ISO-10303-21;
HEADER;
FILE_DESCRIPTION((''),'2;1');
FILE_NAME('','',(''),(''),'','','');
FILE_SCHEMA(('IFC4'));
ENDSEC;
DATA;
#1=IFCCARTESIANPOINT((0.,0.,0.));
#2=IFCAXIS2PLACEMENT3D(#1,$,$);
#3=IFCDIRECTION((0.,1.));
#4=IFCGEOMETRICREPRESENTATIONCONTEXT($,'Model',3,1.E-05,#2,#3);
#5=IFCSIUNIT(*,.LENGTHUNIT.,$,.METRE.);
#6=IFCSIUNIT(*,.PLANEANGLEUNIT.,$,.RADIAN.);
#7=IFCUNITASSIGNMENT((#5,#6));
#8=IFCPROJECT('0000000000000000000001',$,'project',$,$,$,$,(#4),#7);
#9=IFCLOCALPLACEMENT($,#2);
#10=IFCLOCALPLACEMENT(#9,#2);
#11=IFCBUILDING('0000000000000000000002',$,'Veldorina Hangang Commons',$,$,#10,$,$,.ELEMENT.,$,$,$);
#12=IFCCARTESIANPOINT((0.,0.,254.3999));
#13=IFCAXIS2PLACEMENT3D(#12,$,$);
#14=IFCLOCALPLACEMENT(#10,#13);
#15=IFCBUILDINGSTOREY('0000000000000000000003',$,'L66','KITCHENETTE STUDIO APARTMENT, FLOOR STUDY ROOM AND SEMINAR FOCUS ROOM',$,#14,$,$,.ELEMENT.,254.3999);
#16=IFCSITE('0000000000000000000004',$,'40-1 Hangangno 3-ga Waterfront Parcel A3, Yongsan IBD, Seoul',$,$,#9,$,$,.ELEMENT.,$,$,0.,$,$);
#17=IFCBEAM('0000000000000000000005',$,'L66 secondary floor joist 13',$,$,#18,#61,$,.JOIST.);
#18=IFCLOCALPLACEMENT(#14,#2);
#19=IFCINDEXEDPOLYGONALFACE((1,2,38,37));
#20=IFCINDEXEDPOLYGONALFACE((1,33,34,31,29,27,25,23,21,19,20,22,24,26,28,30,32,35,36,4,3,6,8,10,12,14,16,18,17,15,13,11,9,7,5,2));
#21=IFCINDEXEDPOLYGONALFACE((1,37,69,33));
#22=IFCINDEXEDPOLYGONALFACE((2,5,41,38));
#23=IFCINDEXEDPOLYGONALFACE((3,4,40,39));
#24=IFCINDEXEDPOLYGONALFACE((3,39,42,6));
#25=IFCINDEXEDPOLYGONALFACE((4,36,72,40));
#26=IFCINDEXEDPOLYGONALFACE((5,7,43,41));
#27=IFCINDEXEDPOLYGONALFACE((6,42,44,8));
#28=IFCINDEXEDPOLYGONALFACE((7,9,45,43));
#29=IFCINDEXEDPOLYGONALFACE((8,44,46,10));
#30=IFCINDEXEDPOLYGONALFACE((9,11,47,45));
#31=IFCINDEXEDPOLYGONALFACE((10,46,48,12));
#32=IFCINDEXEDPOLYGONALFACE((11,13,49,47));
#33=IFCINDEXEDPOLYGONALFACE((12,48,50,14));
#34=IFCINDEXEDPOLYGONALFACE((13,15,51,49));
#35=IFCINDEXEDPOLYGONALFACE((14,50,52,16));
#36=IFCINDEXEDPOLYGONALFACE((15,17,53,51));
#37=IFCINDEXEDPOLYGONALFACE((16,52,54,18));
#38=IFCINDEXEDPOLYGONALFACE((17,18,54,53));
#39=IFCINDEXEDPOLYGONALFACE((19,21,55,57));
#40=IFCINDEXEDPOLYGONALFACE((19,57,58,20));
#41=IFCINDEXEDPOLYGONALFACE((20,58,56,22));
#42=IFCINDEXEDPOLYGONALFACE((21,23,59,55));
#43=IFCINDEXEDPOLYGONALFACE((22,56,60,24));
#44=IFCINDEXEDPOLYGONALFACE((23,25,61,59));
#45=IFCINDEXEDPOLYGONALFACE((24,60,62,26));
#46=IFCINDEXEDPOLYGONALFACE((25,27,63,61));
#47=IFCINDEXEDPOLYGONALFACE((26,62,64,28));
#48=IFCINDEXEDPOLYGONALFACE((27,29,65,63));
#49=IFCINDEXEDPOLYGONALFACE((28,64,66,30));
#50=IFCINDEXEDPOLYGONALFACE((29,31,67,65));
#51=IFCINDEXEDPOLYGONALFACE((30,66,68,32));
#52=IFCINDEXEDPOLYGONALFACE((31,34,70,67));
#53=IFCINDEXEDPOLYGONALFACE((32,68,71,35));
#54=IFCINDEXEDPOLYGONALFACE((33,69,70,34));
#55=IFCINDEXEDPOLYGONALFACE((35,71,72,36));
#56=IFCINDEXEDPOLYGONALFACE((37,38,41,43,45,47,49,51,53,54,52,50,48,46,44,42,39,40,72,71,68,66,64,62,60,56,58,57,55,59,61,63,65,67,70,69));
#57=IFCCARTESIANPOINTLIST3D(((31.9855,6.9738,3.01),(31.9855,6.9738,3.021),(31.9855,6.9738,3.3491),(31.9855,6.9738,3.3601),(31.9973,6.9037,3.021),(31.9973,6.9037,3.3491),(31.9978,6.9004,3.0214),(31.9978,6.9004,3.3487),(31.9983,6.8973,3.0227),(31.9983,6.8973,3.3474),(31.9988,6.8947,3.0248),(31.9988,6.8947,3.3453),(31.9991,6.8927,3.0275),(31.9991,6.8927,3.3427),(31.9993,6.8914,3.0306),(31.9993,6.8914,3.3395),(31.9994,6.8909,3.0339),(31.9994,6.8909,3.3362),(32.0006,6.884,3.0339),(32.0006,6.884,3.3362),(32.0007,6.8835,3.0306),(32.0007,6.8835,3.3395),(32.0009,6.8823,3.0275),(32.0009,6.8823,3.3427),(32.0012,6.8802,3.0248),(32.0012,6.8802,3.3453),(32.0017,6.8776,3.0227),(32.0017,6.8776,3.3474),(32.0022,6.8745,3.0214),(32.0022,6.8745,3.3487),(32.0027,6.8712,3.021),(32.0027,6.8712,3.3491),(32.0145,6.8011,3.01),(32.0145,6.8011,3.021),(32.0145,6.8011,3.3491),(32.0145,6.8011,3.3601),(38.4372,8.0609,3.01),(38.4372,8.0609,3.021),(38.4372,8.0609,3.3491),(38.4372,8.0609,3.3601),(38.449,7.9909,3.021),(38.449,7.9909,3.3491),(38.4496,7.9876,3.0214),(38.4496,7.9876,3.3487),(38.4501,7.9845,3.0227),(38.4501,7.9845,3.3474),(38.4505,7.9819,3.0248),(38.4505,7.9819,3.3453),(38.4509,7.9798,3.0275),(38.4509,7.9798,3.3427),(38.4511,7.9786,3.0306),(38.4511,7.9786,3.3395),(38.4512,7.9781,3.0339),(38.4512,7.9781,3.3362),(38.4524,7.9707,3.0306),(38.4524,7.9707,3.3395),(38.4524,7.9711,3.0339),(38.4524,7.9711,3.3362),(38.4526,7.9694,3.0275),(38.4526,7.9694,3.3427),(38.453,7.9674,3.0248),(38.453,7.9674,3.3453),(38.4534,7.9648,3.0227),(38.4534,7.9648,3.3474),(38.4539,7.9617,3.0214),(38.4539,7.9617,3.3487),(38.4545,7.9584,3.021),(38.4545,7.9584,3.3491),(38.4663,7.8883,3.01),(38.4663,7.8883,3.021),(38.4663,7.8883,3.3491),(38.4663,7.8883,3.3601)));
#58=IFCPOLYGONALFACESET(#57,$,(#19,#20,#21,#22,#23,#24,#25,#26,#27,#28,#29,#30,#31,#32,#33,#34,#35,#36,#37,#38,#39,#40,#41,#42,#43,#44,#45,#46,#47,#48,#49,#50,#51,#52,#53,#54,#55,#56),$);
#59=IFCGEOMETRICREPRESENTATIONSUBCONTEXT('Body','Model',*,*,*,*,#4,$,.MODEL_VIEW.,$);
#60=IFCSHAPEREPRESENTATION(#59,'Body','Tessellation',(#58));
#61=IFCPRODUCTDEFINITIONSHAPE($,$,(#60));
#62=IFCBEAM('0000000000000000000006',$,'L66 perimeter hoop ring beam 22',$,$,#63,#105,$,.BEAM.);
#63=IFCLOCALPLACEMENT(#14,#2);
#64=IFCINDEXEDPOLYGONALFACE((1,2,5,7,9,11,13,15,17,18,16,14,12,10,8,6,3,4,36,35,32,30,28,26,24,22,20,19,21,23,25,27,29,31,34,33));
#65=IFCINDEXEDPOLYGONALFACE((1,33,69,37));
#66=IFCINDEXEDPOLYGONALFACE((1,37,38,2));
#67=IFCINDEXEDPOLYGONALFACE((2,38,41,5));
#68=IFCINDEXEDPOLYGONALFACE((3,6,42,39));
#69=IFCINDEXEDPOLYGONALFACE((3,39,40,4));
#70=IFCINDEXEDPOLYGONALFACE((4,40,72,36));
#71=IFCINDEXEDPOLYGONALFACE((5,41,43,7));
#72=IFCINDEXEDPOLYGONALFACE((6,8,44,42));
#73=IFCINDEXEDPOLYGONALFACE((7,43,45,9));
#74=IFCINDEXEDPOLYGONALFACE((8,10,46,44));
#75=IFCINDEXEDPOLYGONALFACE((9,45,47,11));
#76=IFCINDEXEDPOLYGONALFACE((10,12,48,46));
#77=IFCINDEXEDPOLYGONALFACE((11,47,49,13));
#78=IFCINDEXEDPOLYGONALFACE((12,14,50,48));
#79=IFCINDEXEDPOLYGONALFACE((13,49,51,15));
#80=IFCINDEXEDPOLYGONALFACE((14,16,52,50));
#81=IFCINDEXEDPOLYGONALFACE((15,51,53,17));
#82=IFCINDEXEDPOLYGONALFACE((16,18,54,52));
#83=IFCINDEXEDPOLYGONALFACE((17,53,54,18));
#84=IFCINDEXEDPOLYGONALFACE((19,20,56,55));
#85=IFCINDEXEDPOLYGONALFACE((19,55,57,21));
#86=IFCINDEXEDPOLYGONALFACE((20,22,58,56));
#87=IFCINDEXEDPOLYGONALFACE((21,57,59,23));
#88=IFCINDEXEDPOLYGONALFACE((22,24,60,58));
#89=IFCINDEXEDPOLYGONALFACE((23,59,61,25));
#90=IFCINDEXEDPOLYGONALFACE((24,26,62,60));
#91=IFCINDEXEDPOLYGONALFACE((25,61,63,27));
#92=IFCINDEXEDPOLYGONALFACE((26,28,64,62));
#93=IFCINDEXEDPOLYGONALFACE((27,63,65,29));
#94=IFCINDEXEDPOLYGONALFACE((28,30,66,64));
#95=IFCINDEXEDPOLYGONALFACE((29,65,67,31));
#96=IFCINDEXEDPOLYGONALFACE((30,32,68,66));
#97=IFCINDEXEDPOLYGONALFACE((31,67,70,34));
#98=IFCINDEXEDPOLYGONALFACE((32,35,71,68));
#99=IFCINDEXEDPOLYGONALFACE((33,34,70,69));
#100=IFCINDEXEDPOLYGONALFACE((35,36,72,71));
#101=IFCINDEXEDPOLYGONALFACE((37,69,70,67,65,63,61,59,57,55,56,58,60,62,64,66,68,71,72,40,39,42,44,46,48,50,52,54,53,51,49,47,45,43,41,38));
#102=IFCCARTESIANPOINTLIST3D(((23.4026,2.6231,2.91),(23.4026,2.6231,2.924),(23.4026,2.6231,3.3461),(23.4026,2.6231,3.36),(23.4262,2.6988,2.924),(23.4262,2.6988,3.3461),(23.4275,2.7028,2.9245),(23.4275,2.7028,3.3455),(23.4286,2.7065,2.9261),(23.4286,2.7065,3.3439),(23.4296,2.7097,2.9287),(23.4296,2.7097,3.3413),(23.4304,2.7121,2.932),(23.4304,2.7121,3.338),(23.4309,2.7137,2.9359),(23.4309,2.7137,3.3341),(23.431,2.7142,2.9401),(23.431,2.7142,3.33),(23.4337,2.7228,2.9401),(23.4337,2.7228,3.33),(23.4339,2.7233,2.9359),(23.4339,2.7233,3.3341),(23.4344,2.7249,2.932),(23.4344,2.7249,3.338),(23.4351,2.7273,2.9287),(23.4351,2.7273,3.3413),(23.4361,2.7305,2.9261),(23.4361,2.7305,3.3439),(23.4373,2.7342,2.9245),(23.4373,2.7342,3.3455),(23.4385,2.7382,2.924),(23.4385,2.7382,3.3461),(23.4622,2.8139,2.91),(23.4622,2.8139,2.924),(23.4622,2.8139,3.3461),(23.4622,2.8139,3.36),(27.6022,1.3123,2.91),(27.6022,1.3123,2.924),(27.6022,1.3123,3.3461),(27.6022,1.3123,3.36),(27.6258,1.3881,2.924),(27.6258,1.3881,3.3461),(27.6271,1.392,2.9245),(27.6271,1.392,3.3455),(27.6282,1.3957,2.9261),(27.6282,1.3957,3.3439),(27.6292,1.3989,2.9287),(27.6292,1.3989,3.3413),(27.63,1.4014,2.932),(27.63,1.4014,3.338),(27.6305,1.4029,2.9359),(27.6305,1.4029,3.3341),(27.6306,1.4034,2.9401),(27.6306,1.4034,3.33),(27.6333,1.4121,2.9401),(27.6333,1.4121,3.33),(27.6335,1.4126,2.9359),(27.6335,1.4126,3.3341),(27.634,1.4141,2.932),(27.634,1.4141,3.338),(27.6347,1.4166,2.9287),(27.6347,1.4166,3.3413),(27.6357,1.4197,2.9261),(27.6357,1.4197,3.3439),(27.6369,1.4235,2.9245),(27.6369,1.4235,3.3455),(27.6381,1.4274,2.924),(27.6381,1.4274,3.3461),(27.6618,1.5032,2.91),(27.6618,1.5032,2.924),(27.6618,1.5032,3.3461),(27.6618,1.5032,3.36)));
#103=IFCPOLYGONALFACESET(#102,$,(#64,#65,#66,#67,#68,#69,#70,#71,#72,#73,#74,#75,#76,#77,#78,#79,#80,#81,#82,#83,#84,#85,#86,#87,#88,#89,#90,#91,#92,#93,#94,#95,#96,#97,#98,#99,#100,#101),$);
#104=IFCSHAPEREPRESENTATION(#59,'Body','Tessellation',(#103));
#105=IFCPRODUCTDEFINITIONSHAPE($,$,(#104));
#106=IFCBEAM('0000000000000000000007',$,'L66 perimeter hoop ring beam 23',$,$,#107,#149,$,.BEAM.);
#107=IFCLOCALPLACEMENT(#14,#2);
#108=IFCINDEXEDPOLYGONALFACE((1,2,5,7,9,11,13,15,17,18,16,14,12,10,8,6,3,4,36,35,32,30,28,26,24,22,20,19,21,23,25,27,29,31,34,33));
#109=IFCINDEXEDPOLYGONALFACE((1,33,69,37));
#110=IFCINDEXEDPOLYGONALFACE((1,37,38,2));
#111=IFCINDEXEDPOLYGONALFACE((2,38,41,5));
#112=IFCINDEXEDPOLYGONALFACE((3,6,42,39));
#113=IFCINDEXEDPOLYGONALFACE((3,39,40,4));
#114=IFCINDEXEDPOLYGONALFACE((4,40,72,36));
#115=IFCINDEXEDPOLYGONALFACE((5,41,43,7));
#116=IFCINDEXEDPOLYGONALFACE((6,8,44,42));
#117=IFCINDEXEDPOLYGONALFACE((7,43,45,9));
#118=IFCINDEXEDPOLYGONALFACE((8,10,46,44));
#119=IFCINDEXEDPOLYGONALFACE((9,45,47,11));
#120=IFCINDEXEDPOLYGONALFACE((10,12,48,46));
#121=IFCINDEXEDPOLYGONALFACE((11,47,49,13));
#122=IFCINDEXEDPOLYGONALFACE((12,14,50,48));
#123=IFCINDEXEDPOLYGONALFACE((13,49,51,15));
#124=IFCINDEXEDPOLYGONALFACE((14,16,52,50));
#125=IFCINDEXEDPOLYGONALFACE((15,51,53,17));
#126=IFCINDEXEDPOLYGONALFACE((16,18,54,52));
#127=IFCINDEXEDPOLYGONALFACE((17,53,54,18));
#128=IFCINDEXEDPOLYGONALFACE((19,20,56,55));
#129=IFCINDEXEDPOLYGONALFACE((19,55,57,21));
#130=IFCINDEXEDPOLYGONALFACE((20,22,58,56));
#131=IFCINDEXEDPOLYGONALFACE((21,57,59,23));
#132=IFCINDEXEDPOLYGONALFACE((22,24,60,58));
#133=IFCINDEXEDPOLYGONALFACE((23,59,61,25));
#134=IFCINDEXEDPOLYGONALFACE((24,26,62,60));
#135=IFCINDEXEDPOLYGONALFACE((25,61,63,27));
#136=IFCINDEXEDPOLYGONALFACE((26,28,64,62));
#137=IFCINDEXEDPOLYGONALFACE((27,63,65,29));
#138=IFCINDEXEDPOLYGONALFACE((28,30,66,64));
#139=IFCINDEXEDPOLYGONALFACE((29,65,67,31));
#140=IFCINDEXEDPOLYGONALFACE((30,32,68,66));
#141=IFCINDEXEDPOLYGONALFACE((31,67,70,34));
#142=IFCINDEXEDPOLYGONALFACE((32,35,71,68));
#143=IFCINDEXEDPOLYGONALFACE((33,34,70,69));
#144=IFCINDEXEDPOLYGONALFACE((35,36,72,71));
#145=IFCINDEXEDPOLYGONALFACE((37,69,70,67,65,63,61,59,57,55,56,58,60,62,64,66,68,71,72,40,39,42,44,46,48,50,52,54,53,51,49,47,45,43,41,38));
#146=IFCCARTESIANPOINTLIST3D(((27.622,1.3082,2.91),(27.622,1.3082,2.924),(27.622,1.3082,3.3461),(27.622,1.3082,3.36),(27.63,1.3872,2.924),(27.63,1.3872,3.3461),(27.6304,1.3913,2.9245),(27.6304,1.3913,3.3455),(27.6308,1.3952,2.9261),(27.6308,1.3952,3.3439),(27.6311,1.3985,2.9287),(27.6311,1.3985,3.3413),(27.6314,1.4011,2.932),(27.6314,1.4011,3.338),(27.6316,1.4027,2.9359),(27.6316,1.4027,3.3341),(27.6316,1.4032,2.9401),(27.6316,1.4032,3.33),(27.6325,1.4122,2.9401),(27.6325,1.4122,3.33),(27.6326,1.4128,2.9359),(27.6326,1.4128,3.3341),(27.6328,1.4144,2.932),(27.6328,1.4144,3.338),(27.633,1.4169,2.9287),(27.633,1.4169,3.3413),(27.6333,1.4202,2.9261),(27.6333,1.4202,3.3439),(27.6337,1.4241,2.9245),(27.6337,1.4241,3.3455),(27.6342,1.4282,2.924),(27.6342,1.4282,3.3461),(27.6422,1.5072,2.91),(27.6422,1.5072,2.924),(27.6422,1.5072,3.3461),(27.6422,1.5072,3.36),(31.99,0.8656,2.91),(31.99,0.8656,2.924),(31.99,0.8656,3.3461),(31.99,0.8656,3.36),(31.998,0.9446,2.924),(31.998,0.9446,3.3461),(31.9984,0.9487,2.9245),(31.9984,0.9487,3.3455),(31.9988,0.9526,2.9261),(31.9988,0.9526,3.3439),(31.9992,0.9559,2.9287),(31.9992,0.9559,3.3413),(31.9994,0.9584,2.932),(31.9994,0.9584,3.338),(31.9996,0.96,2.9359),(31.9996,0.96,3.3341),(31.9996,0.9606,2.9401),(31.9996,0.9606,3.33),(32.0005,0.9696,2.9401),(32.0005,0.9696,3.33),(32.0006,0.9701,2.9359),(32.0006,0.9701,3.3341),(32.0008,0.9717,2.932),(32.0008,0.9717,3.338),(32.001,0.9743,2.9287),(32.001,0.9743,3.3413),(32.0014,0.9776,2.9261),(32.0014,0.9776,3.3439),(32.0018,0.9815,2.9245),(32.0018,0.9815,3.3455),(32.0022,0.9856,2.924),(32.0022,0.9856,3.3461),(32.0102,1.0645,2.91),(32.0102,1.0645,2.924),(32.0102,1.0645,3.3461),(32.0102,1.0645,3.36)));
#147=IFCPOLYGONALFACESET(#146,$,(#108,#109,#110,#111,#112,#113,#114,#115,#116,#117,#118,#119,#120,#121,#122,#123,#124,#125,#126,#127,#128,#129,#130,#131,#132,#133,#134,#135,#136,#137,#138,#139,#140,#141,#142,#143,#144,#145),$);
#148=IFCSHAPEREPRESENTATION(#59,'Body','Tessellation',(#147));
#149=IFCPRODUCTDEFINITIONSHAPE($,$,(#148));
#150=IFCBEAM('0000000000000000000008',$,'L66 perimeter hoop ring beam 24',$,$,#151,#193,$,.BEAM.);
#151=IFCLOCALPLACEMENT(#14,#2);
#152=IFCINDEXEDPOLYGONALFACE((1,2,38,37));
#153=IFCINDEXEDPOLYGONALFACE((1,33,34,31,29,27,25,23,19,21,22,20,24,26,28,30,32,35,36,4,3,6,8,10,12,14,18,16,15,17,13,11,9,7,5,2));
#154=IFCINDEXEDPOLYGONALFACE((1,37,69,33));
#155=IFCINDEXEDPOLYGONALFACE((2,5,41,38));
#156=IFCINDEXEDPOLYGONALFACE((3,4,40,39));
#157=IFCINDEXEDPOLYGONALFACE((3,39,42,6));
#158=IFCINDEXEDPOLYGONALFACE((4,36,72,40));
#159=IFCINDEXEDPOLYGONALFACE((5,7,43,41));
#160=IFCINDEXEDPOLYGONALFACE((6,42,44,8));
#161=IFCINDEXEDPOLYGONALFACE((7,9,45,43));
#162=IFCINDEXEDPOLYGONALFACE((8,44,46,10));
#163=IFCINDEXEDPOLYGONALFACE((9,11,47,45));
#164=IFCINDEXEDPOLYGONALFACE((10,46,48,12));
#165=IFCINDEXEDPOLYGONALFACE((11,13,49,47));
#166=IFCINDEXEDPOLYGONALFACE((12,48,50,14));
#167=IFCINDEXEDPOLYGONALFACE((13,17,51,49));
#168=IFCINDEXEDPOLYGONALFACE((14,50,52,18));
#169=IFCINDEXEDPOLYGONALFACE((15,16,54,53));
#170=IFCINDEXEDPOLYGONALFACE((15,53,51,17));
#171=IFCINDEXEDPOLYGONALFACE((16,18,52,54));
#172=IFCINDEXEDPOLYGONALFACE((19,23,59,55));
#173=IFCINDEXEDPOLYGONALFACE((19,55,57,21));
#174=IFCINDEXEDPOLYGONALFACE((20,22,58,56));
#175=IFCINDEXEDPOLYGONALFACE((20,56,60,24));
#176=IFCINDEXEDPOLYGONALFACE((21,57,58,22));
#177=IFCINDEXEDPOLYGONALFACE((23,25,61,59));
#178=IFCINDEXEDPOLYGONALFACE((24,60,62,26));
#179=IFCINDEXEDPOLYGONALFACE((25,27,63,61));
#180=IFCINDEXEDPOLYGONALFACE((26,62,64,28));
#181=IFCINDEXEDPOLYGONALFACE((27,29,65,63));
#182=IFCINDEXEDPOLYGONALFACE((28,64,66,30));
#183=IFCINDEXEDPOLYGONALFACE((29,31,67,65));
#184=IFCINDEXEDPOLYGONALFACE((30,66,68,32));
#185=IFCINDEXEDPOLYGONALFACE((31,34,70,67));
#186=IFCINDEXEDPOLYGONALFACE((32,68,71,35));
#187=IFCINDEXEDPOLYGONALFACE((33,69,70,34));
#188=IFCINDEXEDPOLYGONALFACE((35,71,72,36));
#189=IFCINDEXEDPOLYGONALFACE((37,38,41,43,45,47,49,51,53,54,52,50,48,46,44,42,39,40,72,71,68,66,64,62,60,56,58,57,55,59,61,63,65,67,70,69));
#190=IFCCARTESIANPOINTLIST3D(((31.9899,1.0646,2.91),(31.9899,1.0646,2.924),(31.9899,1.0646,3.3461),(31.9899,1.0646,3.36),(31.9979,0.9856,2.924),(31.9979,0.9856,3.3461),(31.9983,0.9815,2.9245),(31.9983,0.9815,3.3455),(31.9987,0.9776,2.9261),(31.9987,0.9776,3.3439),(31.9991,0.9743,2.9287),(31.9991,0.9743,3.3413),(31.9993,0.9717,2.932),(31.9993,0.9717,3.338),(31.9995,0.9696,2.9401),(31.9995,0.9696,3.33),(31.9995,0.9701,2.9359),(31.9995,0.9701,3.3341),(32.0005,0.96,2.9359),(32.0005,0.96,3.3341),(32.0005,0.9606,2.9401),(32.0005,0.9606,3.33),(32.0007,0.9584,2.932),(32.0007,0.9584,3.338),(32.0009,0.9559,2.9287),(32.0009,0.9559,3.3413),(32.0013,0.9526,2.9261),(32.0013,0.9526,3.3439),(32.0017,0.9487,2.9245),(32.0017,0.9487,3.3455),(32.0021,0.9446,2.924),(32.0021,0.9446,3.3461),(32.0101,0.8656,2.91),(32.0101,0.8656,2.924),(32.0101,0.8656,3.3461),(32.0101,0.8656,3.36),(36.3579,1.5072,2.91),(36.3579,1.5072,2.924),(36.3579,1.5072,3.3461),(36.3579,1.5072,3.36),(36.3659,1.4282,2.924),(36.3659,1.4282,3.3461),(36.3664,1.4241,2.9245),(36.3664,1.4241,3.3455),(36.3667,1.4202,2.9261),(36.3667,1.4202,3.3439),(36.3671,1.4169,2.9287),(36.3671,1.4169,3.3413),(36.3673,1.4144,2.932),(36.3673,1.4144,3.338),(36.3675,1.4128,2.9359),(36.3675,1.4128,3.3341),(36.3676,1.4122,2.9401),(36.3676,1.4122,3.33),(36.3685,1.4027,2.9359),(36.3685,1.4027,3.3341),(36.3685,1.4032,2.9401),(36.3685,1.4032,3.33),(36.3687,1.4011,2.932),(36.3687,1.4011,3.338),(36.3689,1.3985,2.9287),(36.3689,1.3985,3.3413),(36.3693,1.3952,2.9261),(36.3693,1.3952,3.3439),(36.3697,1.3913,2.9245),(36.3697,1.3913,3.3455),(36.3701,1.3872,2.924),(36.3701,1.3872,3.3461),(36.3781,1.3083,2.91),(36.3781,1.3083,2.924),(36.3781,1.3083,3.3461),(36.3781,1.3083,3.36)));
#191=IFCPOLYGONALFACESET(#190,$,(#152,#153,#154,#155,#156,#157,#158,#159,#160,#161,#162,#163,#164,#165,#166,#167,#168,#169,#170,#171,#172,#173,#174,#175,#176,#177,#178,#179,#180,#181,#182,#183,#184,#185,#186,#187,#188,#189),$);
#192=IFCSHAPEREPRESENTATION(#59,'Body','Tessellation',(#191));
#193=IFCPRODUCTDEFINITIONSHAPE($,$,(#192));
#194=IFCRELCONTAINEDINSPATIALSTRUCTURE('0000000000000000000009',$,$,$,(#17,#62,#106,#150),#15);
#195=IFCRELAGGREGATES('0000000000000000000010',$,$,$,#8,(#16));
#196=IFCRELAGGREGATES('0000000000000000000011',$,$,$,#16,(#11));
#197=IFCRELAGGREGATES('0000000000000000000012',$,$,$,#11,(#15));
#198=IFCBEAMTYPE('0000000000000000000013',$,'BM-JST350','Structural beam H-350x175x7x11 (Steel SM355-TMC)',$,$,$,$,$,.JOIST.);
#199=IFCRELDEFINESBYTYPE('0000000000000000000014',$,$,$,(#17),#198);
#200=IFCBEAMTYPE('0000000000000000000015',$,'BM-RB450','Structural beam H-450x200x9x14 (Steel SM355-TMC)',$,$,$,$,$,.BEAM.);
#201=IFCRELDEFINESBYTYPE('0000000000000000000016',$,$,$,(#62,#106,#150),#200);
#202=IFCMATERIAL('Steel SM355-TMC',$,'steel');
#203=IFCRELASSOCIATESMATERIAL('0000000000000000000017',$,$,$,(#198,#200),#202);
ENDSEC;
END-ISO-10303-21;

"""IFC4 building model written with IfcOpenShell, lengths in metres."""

from ifc_helpers import new_model, si_unit, direction, frame, origin, origin_2d, place, context, subcontext, project, spatial, i_section, extrude, material, material_profile, profile_set, type_object, element, save


model = new_model("IFC4")

# Units and contexts
model_context = context("Model", 3, precision=1e-05, world=origin(), true_north=direction((0.0, 1.0)))
body_context = subcontext(model_context, "Body", "Model", "MODEL_VIEW")
ifc_project = project(units=[si_unit("LENGTHUNIT", "METRE"), si_unit("PLANEANGLEUNIT", "RADIAN")], contexts=[model_context])

# Site, building, storey
site_placement = place(None, origin())
site = spatial("IfcSite", under=ifc_project, at=site_placement, Name="40-1 Hangangno 3-ga Waterfront Parcel A3, Yongsan IBD, Seoul", CompositionType="ELEMENT", RefElevation=0.0)
building_placement = place(site_placement, origin())
building = spatial("IfcBuilding", under=site, at=building_placement, Name="Veldorina Hangang Commons", CompositionType="ELEMENT")
storey_placement = place(building_placement, frame((0.0, 0.0, 254.3999)))
storey = spatial("IfcBuildingStorey", under=building, at=storey_placement, Name="L66", Description="KITCHENETTE STUDIO APARTMENT, FLOOR STUDY ROOM AND SEMINAR FOCUS ROOM", CompositionType="ELEMENT", Elevation=254.3999)

# Beams
ifc_material_1 = material(Name="Steel SM355-TMC", Category="steel")
ifc_material_profile_1 = material_profile(ifc_material_1, i_section(OverallWidth=0.175, OverallDepth=0.3501, WebThickness=0.0071, FlangeThickness=0.011, FilletRadius=0.0129, at=origin_2d()), Name="H-350x175x7x11")
ifc_profile_set_1 = profile_set([ifc_material_profile_1], Name="Steel SM355-TMC")
beam_type_1 = type_object("IfcBeamType", Name="BM-JST350", Description="Structural beam H-350x175x7x11 (Steel SM355-TMC)", PredefinedType="JOIST", material=ifc_profile_set_1)
beam_1_placement = place(storey_placement, frame((32.0, 6.8875, 3.1851), z_axis=(0.986098, 0.166166, 0.0), x_axis=(-0.166166, 0.986098, 0.0)))
element("IfcBeam", 1, at=beam_1_placement, inside=storey, type_object=beam_type_1, Name="L66 secondary floor joist 13", PredefinedType="JOIST", context=body_context, shape_type="SweptSolid", body=[
    extrude(i_section(OverallWidth=0.175, OverallDepth=0.3501, WebThickness=0.0071, FlangeThickness=0.011, FilletRadius=0.0129, at=origin_2d()), origin(), (0.0, 0.0, 1.0), 6.5427),
])
ifc_material_profile_2 = material_profile(ifc_material_1, i_section(OverallWidth=0.2, OverallDepth=0.45, WebThickness=0.009, FlangeThickness=0.0139, FilletRadius=0.0161, at=origin_2d()), Name="H-450x200x9x14")
ifc_profile_set_2 = profile_set([ifc_material_profile_2], Name="Steel SM355-TMC")
beam_type_2 = type_object("IfcBeamType", Name="BM-RB450", Description="Structural beam H-450x200x9x14 (Steel SM355-TMC)", PredefinedType="BEAM", material=ifc_profile_set_2)
beam_2_placement = place(storey_placement, frame((23.4324, 2.7185, 3.135), z_axis=(0.954585, -0.29794, 0.0), x_axis=(0.29794, 0.954585, 0.0)))
element("IfcBeam", 2, at=beam_2_placement, inside=storey, type_object=beam_type_2, Name="L66 perimeter hoop ring beam 22", PredefinedType="BEAM", context=body_context, shape_type="SweptSolid", body=[
    extrude(i_section(OverallWidth=0.2, OverallDepth=0.45, WebThickness=0.009, FlangeThickness=0.0139, FilletRadius=0.0161, at=origin_2d()), origin(), (0.0, 0.0, 1.0), 4.3994),
])
for number, where, z_axis, x_axis, name in (
    (3, (27.6321, 1.4077, 3.135), (0.994905, -0.10082, 0.0), (0.10082, 0.994905, 0.0), "L66 perimeter hoop ring beam 23"),
    (4, (32.0, 0.9651, 3.135), (0.994905, 0.10082, 0.0), (-0.10082, 0.994905, 0.0), "L66 perimeter hoop ring beam 24"),
):
    element("IfcBeam", number, at=place(storey_placement, frame(where, z_axis=z_axis, x_axis=x_axis)), inside=storey, type_object=beam_type_2, Name=name, PredefinedType="BEAM", context=body_context, shape_type="SweptSolid", body=[
        extrude(i_section(OverallWidth=0.2, OverallDepth=0.45, WebThickness=0.009, FlangeThickness=0.0139, FilletRadius=0.0161, at=origin_2d()), origin(), (0.0, 0.0, 1.0), 4.3904),
    ])

save(model, "model.ifc")
